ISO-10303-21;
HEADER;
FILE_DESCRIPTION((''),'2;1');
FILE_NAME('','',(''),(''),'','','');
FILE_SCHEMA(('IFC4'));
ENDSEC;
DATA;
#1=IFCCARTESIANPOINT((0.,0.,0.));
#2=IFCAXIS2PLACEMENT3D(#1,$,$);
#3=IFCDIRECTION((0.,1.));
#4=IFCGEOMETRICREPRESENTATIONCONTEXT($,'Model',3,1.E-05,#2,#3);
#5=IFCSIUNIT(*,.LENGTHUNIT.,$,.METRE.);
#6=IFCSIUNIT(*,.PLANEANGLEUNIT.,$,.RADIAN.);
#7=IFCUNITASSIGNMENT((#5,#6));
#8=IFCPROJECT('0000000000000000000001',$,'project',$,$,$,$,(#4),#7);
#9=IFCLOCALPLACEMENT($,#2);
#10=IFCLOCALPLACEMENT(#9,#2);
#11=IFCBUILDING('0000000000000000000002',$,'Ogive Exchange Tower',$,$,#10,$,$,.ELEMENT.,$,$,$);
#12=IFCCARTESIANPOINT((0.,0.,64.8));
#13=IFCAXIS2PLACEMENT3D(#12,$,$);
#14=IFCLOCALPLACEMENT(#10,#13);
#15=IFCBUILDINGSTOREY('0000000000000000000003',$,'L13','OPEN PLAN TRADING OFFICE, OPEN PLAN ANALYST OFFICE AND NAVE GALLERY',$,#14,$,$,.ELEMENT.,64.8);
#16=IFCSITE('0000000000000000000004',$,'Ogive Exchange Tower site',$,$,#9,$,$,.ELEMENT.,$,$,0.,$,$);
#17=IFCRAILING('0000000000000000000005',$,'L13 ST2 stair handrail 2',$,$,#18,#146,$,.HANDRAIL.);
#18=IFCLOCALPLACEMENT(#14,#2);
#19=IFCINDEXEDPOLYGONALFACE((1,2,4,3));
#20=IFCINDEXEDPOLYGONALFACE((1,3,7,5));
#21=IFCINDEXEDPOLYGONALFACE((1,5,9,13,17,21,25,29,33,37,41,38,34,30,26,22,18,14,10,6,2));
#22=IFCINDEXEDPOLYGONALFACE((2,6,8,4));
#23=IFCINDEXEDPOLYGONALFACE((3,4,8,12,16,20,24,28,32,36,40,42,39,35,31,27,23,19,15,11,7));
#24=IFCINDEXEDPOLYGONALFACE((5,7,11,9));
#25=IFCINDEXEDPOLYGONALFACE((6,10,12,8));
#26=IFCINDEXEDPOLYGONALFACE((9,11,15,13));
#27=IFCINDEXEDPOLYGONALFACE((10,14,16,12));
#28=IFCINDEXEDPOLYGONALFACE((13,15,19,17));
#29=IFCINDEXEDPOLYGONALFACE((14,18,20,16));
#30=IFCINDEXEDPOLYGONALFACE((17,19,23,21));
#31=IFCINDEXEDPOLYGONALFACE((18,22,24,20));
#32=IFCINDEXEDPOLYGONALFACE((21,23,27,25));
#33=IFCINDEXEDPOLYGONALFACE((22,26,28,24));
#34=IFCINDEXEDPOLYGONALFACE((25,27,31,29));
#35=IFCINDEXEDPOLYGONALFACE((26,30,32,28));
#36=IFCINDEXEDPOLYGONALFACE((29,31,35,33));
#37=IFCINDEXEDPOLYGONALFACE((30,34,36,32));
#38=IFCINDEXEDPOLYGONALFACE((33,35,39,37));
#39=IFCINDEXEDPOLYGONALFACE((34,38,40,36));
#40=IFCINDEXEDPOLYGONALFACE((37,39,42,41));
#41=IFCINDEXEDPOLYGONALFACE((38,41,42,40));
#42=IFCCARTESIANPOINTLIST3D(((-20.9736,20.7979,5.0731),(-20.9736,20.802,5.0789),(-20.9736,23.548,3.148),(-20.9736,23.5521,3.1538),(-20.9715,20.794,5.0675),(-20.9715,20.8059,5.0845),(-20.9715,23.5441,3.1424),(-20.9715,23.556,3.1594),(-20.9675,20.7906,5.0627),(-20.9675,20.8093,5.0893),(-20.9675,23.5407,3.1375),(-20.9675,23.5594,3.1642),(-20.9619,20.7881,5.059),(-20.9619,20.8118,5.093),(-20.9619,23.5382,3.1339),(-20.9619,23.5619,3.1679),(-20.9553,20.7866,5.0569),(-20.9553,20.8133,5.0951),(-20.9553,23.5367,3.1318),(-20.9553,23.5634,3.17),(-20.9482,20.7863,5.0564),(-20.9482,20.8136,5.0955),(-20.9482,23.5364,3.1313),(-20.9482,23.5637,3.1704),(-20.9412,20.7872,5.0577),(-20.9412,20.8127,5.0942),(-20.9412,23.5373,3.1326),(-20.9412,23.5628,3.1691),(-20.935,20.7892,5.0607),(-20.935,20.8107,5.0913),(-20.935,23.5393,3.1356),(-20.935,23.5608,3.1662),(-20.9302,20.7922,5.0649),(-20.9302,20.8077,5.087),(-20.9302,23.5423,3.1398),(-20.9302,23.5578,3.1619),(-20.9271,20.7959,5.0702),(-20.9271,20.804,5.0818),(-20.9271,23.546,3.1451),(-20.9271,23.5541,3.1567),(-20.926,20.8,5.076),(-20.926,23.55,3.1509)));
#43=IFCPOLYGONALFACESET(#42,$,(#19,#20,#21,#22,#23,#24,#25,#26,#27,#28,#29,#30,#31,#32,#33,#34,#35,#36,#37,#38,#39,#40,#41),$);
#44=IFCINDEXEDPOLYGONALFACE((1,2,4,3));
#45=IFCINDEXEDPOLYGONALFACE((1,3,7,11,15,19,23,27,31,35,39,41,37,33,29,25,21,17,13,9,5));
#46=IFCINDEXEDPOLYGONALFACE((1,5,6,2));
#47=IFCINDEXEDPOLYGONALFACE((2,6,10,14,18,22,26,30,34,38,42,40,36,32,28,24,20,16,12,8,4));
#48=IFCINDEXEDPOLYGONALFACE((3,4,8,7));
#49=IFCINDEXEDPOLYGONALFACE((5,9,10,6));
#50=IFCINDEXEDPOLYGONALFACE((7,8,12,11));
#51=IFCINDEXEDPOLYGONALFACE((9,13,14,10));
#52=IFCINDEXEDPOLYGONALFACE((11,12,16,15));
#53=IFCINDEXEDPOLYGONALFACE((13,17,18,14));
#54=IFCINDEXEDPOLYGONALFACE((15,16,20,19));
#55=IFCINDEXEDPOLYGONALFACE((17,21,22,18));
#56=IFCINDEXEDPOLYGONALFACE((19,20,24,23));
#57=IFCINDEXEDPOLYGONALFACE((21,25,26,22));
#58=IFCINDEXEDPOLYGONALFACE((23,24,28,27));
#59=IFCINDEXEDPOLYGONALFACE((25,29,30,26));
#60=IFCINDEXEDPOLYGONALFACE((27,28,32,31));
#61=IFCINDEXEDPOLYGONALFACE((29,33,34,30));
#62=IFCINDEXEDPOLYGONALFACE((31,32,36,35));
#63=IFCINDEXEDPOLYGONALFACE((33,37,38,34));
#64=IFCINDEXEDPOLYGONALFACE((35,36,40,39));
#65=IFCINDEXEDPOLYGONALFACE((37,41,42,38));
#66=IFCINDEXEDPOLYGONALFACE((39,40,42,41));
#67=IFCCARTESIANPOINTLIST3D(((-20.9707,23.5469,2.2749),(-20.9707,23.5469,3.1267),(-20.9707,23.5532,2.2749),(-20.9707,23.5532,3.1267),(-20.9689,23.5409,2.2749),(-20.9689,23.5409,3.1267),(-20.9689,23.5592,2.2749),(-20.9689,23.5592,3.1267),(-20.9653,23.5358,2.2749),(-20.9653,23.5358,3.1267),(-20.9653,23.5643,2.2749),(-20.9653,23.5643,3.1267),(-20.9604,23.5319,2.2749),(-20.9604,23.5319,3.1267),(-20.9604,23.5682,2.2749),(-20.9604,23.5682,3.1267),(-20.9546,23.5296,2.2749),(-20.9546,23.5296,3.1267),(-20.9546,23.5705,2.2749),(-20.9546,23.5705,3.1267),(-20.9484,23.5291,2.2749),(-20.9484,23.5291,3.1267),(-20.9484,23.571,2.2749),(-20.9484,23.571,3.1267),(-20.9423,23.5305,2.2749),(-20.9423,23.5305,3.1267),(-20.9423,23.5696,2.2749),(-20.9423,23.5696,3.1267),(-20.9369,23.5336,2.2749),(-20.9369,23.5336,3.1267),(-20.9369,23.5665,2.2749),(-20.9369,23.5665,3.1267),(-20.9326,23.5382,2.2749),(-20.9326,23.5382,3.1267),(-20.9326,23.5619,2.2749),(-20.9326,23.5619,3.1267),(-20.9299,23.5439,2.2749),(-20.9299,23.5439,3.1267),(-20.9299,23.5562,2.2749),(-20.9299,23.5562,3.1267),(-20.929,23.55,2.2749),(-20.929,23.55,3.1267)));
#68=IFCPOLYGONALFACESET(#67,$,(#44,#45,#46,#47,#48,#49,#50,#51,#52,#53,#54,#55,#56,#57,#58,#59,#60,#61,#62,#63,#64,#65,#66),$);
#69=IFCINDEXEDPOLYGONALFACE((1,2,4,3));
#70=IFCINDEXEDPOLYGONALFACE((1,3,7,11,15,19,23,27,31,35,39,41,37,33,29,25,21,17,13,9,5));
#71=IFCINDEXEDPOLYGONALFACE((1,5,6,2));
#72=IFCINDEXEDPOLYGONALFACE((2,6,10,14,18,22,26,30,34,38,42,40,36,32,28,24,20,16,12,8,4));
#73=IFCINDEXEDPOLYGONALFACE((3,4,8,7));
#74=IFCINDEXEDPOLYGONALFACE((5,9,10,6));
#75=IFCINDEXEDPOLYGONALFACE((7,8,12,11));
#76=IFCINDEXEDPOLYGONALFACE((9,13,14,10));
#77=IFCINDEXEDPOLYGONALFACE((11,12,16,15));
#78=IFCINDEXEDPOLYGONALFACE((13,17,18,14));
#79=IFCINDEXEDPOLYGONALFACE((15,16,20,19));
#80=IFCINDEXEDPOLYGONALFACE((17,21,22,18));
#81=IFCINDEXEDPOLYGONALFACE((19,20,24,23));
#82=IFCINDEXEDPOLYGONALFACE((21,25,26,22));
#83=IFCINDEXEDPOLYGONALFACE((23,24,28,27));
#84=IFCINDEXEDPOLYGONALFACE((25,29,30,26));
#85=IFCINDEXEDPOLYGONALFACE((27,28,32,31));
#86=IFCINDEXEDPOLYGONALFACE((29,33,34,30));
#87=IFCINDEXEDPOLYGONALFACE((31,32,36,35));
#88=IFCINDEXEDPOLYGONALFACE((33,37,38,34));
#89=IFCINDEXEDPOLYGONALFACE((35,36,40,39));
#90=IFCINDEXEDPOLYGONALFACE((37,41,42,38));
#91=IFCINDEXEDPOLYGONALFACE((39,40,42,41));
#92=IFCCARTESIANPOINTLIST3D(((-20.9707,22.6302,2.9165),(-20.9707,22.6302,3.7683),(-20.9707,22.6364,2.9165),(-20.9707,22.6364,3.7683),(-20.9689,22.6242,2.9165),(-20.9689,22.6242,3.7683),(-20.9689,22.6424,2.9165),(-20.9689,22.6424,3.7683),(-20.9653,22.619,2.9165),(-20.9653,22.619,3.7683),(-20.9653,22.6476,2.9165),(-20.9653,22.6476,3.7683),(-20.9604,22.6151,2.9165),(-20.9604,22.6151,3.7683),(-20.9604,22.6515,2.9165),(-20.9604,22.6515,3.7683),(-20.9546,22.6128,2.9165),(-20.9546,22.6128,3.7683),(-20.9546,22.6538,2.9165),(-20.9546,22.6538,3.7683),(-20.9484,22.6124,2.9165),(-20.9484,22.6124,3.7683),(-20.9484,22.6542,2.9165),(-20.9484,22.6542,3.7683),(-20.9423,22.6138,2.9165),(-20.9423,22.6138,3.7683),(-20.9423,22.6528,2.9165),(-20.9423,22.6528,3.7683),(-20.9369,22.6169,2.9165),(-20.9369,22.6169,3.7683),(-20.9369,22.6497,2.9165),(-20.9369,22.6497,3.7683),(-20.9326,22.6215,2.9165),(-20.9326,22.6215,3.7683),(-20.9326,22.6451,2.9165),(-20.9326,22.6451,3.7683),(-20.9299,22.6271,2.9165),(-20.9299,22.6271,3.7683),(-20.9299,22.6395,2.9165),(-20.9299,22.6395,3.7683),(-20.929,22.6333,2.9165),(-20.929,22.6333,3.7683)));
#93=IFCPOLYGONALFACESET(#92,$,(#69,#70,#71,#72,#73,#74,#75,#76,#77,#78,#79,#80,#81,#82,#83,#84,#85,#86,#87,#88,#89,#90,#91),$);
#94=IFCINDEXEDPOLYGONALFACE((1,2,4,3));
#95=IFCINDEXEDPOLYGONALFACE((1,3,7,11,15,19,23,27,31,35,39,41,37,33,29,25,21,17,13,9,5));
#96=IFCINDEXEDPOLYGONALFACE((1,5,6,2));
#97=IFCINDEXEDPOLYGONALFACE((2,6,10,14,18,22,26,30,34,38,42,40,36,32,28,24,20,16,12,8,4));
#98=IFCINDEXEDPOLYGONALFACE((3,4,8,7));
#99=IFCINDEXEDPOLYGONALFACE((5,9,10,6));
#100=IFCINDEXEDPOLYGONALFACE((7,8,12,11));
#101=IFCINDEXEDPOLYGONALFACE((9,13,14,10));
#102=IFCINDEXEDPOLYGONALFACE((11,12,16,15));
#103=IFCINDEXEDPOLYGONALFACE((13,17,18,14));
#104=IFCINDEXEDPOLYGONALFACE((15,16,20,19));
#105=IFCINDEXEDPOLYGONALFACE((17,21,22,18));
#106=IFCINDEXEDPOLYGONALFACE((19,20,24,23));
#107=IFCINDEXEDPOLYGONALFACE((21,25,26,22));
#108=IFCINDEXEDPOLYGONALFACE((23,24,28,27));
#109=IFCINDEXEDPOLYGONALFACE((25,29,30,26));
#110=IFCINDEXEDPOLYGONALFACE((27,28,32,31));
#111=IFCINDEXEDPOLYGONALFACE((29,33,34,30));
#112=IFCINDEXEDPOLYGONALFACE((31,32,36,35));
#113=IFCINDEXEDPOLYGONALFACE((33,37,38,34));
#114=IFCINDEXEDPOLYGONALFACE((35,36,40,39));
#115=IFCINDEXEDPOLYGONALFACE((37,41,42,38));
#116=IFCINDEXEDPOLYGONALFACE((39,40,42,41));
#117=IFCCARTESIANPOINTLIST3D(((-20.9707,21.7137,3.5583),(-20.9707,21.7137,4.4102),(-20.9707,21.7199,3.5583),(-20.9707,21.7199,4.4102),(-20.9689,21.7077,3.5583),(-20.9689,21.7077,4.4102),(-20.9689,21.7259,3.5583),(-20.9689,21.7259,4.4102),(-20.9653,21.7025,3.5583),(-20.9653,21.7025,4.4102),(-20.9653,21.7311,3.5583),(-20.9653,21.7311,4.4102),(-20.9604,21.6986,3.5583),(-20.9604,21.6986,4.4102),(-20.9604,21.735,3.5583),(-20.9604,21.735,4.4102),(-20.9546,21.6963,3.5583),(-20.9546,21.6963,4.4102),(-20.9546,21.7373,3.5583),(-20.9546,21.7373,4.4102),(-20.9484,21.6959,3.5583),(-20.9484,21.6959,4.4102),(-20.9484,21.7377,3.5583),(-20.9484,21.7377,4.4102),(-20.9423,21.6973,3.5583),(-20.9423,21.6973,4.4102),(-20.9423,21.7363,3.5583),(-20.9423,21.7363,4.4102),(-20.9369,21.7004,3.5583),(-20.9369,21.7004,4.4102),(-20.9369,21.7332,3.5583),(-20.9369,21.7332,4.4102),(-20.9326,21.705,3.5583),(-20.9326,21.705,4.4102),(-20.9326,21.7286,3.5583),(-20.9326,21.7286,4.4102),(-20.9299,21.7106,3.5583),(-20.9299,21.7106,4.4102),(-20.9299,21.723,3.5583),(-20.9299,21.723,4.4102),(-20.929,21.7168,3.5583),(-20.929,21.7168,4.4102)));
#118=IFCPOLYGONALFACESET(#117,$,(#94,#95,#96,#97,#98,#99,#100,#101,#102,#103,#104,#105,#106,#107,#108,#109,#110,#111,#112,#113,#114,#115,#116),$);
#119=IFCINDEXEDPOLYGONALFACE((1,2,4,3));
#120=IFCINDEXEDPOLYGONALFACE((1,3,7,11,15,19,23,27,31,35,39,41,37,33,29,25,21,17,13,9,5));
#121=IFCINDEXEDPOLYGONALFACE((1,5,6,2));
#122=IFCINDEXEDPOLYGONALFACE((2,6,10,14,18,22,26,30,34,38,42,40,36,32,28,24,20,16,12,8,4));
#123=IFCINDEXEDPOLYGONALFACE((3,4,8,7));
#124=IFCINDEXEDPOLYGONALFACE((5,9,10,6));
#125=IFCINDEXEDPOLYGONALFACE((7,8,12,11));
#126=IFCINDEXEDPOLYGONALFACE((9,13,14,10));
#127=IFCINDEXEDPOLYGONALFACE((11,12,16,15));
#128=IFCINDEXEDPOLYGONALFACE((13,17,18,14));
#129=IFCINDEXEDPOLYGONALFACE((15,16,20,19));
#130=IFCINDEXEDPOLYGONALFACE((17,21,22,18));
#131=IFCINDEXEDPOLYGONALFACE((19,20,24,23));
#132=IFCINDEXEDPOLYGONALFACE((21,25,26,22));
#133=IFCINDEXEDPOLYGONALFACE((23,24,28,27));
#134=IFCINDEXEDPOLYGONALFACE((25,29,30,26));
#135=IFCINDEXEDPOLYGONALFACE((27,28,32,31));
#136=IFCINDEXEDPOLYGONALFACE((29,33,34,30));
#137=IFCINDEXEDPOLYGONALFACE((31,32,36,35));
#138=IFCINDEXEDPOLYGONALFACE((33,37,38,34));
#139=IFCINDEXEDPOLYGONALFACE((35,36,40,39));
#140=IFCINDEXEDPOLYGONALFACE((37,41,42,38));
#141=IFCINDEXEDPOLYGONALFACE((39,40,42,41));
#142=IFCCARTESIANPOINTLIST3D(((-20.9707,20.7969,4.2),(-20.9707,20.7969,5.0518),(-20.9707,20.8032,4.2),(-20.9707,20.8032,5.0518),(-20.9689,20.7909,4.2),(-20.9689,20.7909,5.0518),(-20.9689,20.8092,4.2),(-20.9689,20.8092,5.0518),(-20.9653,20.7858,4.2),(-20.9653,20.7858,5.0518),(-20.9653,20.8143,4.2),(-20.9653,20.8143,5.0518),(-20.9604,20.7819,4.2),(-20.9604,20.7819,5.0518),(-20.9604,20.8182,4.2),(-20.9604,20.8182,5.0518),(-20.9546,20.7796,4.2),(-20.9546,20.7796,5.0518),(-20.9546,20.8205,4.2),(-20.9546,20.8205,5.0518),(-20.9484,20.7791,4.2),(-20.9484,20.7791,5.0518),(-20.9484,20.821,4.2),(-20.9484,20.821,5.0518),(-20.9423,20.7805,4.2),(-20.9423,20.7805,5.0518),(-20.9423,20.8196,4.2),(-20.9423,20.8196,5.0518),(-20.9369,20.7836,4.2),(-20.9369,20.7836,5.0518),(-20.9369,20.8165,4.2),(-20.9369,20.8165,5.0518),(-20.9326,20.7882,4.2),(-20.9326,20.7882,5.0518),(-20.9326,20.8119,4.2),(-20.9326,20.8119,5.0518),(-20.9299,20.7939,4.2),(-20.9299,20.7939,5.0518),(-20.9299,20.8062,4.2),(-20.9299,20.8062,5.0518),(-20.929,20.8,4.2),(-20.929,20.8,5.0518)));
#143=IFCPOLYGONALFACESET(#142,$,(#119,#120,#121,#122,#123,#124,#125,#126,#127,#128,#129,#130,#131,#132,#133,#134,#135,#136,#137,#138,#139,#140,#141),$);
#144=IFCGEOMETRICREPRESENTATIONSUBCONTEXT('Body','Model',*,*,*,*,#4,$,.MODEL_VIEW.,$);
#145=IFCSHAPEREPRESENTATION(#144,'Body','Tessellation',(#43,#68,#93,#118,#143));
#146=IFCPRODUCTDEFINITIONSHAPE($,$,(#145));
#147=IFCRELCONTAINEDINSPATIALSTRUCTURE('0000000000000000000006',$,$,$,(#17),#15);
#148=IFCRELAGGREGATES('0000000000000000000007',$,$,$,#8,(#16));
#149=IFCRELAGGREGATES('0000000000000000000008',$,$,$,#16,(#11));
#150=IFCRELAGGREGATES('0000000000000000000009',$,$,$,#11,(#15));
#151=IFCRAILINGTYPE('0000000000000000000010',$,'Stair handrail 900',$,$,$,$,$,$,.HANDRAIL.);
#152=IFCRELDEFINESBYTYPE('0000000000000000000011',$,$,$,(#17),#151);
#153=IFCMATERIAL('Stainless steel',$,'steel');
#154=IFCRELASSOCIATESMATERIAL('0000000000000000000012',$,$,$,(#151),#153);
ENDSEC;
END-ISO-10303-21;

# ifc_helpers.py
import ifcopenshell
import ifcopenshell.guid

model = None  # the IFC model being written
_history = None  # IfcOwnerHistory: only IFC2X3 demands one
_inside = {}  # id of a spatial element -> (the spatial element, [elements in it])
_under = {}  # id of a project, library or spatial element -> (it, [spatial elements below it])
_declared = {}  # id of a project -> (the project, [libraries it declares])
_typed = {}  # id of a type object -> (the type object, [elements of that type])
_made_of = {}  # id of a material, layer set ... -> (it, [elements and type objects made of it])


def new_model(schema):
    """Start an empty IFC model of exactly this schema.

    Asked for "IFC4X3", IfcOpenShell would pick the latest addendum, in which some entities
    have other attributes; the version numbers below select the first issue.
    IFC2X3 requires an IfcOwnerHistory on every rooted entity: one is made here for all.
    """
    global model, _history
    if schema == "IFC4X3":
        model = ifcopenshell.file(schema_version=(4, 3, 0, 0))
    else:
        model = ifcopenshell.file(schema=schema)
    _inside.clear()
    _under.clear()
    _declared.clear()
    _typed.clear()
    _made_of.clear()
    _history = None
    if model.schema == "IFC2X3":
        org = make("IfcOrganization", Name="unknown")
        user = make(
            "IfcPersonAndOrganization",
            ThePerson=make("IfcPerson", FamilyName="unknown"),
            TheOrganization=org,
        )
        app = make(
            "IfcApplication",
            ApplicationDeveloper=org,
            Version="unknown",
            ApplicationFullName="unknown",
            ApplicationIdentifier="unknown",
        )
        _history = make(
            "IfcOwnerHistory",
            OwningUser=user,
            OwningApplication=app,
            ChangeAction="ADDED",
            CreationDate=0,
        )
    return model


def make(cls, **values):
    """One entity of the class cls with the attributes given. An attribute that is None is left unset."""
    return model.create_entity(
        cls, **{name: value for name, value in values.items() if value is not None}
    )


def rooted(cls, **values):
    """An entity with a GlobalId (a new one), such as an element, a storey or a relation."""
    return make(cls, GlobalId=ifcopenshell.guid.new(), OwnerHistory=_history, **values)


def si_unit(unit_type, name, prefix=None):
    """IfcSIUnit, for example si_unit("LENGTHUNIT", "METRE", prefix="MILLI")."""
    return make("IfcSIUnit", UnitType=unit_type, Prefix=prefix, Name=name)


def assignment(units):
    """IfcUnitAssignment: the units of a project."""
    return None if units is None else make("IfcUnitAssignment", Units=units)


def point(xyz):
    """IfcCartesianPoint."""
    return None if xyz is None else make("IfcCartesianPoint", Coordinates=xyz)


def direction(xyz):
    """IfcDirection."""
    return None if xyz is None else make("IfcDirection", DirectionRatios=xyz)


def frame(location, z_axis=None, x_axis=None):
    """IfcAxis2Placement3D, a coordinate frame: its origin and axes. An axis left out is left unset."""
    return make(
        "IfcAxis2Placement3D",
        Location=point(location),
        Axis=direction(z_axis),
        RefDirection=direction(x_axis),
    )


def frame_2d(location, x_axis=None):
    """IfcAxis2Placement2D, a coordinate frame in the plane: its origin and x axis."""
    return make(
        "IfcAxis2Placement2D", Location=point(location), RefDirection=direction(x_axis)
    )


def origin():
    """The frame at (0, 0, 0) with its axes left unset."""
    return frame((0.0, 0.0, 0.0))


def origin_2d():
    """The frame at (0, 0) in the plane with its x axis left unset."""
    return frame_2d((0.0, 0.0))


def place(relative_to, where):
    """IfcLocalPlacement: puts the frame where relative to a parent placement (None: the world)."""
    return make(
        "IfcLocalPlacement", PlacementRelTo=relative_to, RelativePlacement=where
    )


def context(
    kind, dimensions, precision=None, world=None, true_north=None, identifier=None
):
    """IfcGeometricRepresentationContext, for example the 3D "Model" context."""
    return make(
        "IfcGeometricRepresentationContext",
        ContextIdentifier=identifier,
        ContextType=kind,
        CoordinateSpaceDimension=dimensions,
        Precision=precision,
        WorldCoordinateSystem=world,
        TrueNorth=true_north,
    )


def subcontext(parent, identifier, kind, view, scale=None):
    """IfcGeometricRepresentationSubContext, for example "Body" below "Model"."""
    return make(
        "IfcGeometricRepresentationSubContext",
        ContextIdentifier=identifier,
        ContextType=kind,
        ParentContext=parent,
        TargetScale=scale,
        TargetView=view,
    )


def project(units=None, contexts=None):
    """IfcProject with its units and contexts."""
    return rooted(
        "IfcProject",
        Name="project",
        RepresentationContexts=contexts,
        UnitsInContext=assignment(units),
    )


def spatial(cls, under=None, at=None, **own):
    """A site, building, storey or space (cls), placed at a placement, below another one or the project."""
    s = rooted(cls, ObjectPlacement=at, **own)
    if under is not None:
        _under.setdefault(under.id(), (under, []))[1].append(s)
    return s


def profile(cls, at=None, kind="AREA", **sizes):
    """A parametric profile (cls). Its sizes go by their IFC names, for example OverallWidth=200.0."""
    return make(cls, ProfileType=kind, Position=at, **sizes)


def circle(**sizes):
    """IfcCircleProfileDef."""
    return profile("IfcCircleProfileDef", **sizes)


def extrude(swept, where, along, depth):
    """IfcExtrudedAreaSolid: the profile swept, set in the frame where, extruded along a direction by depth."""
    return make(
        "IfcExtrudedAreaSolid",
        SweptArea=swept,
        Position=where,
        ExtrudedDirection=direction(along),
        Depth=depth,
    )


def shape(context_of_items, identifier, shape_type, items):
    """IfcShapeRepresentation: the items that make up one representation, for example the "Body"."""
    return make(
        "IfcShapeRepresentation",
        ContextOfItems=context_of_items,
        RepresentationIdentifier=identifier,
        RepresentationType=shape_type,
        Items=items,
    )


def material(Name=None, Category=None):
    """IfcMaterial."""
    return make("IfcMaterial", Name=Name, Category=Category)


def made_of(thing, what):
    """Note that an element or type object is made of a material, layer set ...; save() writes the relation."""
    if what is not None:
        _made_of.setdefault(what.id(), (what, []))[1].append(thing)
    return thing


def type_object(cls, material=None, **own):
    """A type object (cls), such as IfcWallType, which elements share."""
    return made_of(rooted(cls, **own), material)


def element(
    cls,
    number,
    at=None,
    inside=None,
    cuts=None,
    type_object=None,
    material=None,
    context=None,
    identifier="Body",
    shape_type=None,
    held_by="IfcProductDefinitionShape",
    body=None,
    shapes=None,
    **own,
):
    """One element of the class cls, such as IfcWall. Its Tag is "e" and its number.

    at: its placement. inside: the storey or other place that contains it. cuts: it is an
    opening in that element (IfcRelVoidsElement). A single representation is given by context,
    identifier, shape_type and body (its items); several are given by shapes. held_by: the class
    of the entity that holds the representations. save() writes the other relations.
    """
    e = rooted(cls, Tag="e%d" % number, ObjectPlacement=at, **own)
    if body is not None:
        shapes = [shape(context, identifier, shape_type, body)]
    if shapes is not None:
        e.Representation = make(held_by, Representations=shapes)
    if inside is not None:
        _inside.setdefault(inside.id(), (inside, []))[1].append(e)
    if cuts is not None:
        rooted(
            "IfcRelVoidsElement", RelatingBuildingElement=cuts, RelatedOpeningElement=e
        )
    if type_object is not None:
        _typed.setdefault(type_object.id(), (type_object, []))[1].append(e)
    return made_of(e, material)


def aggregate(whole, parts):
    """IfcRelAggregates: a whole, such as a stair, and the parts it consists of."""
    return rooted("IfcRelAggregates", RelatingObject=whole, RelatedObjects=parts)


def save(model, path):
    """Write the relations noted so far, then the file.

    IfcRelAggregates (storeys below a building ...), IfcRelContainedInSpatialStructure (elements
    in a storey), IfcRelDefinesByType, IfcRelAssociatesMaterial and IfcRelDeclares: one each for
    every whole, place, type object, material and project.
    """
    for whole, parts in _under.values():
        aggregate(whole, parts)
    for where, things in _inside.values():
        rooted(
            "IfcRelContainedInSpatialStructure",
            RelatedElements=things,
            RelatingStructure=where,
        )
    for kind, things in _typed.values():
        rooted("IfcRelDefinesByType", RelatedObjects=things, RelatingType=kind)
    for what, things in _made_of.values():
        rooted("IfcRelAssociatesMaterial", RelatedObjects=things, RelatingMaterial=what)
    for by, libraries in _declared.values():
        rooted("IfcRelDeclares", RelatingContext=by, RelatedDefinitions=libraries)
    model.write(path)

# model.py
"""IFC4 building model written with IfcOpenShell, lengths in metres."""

from ifc_helpers import new_model, si_unit, direction, frame, origin, origin_2d, place, context, subcontext, project, spatial, circle, extrude, material, type_object, element, save


model = new_model("IFC4")

# Units and contexts
model_context = context("Model", 3, precision=1e-05, world=origin(), true_north=direction((0.0, 1.0)))
body_context = subcontext(model_context, "Body", "Model", "MODEL_VIEW")
ifc_project = project(units=[si_unit("LENGTHUNIT", "METRE"), si_unit("PLANEANGLEUNIT", "RADIAN")], contexts=[model_context])

# Site, building, storey
site_placement = place(None, origin())
site = spatial("IfcSite", under=ifc_project, at=site_placement, Name="Ogive Exchange Tower site", CompositionType="ELEMENT", RefElevation=0.0)
building_placement = place(site_placement, origin())
building = spatial("IfcBuilding", under=site, at=building_placement, Name="Ogive Exchange Tower", CompositionType="ELEMENT")
storey_placement = place(building_placement, frame((0.0, 0.0, 64.8)))
storey = spatial("IfcBuildingStorey", under=building, at=storey_placement, Name="L13", Description="OPEN PLAN TRADING OFFICE, OPEN PLAN ANALYST OFFICE AND NAVE GALLERY", CompositionType="ELEMENT", Elevation=64.8)

# Railing
ifc_material_1 = material(Name="Stainless steel", Category="steel")
railing_type = type_object("IfcRailingType", Name="Stair handrail 900", PredefinedType="HANDRAIL", material=ifc_material_1)
railing_1_placement = place(storey_placement, frame((-20.95, 23.55, 2.2749)))
element("IfcRailing", 1, at=railing_1_placement, inside=storey, type_object=railing_type, Name="L13 ST2 stair handrail 2", PredefinedType="HANDRAIL", context=body_context, shape_type="SweptSolid", body=[
    extrude(circle(Radius=0.0239, at=origin_2d()), frame((0.0, 0.0, 0.876), z_axis=(0.0, -0.819225, 0.573472), x_axis=(1.0, 0.0, 0.0)), (0.0, 0.0, 1.0), 3.3569),
    extrude(circle(Radius=0.021, at=origin_2d()), origin(), (0.0, 0.0, 1.0), 0.8518),
    extrude(circle(Radius=0.021, at=origin_2d()), frame((0.0, -0.9167, 0.6416)), (0.0, 0.0, 1.0), 0.8518),
    extrude(circle(Radius=0.021, at=origin_2d()), frame((0.0, -1.8333, 1.2834)), (0.0, 0.0, 1.0), 0.8518),
    extrude(circle(Radius=0.021, at=origin_2d()), frame((0.0, -2.75, 1.925)), (0.0, 0.0, 1.0), 0.8518),
])

save(model, "model.ifc")
